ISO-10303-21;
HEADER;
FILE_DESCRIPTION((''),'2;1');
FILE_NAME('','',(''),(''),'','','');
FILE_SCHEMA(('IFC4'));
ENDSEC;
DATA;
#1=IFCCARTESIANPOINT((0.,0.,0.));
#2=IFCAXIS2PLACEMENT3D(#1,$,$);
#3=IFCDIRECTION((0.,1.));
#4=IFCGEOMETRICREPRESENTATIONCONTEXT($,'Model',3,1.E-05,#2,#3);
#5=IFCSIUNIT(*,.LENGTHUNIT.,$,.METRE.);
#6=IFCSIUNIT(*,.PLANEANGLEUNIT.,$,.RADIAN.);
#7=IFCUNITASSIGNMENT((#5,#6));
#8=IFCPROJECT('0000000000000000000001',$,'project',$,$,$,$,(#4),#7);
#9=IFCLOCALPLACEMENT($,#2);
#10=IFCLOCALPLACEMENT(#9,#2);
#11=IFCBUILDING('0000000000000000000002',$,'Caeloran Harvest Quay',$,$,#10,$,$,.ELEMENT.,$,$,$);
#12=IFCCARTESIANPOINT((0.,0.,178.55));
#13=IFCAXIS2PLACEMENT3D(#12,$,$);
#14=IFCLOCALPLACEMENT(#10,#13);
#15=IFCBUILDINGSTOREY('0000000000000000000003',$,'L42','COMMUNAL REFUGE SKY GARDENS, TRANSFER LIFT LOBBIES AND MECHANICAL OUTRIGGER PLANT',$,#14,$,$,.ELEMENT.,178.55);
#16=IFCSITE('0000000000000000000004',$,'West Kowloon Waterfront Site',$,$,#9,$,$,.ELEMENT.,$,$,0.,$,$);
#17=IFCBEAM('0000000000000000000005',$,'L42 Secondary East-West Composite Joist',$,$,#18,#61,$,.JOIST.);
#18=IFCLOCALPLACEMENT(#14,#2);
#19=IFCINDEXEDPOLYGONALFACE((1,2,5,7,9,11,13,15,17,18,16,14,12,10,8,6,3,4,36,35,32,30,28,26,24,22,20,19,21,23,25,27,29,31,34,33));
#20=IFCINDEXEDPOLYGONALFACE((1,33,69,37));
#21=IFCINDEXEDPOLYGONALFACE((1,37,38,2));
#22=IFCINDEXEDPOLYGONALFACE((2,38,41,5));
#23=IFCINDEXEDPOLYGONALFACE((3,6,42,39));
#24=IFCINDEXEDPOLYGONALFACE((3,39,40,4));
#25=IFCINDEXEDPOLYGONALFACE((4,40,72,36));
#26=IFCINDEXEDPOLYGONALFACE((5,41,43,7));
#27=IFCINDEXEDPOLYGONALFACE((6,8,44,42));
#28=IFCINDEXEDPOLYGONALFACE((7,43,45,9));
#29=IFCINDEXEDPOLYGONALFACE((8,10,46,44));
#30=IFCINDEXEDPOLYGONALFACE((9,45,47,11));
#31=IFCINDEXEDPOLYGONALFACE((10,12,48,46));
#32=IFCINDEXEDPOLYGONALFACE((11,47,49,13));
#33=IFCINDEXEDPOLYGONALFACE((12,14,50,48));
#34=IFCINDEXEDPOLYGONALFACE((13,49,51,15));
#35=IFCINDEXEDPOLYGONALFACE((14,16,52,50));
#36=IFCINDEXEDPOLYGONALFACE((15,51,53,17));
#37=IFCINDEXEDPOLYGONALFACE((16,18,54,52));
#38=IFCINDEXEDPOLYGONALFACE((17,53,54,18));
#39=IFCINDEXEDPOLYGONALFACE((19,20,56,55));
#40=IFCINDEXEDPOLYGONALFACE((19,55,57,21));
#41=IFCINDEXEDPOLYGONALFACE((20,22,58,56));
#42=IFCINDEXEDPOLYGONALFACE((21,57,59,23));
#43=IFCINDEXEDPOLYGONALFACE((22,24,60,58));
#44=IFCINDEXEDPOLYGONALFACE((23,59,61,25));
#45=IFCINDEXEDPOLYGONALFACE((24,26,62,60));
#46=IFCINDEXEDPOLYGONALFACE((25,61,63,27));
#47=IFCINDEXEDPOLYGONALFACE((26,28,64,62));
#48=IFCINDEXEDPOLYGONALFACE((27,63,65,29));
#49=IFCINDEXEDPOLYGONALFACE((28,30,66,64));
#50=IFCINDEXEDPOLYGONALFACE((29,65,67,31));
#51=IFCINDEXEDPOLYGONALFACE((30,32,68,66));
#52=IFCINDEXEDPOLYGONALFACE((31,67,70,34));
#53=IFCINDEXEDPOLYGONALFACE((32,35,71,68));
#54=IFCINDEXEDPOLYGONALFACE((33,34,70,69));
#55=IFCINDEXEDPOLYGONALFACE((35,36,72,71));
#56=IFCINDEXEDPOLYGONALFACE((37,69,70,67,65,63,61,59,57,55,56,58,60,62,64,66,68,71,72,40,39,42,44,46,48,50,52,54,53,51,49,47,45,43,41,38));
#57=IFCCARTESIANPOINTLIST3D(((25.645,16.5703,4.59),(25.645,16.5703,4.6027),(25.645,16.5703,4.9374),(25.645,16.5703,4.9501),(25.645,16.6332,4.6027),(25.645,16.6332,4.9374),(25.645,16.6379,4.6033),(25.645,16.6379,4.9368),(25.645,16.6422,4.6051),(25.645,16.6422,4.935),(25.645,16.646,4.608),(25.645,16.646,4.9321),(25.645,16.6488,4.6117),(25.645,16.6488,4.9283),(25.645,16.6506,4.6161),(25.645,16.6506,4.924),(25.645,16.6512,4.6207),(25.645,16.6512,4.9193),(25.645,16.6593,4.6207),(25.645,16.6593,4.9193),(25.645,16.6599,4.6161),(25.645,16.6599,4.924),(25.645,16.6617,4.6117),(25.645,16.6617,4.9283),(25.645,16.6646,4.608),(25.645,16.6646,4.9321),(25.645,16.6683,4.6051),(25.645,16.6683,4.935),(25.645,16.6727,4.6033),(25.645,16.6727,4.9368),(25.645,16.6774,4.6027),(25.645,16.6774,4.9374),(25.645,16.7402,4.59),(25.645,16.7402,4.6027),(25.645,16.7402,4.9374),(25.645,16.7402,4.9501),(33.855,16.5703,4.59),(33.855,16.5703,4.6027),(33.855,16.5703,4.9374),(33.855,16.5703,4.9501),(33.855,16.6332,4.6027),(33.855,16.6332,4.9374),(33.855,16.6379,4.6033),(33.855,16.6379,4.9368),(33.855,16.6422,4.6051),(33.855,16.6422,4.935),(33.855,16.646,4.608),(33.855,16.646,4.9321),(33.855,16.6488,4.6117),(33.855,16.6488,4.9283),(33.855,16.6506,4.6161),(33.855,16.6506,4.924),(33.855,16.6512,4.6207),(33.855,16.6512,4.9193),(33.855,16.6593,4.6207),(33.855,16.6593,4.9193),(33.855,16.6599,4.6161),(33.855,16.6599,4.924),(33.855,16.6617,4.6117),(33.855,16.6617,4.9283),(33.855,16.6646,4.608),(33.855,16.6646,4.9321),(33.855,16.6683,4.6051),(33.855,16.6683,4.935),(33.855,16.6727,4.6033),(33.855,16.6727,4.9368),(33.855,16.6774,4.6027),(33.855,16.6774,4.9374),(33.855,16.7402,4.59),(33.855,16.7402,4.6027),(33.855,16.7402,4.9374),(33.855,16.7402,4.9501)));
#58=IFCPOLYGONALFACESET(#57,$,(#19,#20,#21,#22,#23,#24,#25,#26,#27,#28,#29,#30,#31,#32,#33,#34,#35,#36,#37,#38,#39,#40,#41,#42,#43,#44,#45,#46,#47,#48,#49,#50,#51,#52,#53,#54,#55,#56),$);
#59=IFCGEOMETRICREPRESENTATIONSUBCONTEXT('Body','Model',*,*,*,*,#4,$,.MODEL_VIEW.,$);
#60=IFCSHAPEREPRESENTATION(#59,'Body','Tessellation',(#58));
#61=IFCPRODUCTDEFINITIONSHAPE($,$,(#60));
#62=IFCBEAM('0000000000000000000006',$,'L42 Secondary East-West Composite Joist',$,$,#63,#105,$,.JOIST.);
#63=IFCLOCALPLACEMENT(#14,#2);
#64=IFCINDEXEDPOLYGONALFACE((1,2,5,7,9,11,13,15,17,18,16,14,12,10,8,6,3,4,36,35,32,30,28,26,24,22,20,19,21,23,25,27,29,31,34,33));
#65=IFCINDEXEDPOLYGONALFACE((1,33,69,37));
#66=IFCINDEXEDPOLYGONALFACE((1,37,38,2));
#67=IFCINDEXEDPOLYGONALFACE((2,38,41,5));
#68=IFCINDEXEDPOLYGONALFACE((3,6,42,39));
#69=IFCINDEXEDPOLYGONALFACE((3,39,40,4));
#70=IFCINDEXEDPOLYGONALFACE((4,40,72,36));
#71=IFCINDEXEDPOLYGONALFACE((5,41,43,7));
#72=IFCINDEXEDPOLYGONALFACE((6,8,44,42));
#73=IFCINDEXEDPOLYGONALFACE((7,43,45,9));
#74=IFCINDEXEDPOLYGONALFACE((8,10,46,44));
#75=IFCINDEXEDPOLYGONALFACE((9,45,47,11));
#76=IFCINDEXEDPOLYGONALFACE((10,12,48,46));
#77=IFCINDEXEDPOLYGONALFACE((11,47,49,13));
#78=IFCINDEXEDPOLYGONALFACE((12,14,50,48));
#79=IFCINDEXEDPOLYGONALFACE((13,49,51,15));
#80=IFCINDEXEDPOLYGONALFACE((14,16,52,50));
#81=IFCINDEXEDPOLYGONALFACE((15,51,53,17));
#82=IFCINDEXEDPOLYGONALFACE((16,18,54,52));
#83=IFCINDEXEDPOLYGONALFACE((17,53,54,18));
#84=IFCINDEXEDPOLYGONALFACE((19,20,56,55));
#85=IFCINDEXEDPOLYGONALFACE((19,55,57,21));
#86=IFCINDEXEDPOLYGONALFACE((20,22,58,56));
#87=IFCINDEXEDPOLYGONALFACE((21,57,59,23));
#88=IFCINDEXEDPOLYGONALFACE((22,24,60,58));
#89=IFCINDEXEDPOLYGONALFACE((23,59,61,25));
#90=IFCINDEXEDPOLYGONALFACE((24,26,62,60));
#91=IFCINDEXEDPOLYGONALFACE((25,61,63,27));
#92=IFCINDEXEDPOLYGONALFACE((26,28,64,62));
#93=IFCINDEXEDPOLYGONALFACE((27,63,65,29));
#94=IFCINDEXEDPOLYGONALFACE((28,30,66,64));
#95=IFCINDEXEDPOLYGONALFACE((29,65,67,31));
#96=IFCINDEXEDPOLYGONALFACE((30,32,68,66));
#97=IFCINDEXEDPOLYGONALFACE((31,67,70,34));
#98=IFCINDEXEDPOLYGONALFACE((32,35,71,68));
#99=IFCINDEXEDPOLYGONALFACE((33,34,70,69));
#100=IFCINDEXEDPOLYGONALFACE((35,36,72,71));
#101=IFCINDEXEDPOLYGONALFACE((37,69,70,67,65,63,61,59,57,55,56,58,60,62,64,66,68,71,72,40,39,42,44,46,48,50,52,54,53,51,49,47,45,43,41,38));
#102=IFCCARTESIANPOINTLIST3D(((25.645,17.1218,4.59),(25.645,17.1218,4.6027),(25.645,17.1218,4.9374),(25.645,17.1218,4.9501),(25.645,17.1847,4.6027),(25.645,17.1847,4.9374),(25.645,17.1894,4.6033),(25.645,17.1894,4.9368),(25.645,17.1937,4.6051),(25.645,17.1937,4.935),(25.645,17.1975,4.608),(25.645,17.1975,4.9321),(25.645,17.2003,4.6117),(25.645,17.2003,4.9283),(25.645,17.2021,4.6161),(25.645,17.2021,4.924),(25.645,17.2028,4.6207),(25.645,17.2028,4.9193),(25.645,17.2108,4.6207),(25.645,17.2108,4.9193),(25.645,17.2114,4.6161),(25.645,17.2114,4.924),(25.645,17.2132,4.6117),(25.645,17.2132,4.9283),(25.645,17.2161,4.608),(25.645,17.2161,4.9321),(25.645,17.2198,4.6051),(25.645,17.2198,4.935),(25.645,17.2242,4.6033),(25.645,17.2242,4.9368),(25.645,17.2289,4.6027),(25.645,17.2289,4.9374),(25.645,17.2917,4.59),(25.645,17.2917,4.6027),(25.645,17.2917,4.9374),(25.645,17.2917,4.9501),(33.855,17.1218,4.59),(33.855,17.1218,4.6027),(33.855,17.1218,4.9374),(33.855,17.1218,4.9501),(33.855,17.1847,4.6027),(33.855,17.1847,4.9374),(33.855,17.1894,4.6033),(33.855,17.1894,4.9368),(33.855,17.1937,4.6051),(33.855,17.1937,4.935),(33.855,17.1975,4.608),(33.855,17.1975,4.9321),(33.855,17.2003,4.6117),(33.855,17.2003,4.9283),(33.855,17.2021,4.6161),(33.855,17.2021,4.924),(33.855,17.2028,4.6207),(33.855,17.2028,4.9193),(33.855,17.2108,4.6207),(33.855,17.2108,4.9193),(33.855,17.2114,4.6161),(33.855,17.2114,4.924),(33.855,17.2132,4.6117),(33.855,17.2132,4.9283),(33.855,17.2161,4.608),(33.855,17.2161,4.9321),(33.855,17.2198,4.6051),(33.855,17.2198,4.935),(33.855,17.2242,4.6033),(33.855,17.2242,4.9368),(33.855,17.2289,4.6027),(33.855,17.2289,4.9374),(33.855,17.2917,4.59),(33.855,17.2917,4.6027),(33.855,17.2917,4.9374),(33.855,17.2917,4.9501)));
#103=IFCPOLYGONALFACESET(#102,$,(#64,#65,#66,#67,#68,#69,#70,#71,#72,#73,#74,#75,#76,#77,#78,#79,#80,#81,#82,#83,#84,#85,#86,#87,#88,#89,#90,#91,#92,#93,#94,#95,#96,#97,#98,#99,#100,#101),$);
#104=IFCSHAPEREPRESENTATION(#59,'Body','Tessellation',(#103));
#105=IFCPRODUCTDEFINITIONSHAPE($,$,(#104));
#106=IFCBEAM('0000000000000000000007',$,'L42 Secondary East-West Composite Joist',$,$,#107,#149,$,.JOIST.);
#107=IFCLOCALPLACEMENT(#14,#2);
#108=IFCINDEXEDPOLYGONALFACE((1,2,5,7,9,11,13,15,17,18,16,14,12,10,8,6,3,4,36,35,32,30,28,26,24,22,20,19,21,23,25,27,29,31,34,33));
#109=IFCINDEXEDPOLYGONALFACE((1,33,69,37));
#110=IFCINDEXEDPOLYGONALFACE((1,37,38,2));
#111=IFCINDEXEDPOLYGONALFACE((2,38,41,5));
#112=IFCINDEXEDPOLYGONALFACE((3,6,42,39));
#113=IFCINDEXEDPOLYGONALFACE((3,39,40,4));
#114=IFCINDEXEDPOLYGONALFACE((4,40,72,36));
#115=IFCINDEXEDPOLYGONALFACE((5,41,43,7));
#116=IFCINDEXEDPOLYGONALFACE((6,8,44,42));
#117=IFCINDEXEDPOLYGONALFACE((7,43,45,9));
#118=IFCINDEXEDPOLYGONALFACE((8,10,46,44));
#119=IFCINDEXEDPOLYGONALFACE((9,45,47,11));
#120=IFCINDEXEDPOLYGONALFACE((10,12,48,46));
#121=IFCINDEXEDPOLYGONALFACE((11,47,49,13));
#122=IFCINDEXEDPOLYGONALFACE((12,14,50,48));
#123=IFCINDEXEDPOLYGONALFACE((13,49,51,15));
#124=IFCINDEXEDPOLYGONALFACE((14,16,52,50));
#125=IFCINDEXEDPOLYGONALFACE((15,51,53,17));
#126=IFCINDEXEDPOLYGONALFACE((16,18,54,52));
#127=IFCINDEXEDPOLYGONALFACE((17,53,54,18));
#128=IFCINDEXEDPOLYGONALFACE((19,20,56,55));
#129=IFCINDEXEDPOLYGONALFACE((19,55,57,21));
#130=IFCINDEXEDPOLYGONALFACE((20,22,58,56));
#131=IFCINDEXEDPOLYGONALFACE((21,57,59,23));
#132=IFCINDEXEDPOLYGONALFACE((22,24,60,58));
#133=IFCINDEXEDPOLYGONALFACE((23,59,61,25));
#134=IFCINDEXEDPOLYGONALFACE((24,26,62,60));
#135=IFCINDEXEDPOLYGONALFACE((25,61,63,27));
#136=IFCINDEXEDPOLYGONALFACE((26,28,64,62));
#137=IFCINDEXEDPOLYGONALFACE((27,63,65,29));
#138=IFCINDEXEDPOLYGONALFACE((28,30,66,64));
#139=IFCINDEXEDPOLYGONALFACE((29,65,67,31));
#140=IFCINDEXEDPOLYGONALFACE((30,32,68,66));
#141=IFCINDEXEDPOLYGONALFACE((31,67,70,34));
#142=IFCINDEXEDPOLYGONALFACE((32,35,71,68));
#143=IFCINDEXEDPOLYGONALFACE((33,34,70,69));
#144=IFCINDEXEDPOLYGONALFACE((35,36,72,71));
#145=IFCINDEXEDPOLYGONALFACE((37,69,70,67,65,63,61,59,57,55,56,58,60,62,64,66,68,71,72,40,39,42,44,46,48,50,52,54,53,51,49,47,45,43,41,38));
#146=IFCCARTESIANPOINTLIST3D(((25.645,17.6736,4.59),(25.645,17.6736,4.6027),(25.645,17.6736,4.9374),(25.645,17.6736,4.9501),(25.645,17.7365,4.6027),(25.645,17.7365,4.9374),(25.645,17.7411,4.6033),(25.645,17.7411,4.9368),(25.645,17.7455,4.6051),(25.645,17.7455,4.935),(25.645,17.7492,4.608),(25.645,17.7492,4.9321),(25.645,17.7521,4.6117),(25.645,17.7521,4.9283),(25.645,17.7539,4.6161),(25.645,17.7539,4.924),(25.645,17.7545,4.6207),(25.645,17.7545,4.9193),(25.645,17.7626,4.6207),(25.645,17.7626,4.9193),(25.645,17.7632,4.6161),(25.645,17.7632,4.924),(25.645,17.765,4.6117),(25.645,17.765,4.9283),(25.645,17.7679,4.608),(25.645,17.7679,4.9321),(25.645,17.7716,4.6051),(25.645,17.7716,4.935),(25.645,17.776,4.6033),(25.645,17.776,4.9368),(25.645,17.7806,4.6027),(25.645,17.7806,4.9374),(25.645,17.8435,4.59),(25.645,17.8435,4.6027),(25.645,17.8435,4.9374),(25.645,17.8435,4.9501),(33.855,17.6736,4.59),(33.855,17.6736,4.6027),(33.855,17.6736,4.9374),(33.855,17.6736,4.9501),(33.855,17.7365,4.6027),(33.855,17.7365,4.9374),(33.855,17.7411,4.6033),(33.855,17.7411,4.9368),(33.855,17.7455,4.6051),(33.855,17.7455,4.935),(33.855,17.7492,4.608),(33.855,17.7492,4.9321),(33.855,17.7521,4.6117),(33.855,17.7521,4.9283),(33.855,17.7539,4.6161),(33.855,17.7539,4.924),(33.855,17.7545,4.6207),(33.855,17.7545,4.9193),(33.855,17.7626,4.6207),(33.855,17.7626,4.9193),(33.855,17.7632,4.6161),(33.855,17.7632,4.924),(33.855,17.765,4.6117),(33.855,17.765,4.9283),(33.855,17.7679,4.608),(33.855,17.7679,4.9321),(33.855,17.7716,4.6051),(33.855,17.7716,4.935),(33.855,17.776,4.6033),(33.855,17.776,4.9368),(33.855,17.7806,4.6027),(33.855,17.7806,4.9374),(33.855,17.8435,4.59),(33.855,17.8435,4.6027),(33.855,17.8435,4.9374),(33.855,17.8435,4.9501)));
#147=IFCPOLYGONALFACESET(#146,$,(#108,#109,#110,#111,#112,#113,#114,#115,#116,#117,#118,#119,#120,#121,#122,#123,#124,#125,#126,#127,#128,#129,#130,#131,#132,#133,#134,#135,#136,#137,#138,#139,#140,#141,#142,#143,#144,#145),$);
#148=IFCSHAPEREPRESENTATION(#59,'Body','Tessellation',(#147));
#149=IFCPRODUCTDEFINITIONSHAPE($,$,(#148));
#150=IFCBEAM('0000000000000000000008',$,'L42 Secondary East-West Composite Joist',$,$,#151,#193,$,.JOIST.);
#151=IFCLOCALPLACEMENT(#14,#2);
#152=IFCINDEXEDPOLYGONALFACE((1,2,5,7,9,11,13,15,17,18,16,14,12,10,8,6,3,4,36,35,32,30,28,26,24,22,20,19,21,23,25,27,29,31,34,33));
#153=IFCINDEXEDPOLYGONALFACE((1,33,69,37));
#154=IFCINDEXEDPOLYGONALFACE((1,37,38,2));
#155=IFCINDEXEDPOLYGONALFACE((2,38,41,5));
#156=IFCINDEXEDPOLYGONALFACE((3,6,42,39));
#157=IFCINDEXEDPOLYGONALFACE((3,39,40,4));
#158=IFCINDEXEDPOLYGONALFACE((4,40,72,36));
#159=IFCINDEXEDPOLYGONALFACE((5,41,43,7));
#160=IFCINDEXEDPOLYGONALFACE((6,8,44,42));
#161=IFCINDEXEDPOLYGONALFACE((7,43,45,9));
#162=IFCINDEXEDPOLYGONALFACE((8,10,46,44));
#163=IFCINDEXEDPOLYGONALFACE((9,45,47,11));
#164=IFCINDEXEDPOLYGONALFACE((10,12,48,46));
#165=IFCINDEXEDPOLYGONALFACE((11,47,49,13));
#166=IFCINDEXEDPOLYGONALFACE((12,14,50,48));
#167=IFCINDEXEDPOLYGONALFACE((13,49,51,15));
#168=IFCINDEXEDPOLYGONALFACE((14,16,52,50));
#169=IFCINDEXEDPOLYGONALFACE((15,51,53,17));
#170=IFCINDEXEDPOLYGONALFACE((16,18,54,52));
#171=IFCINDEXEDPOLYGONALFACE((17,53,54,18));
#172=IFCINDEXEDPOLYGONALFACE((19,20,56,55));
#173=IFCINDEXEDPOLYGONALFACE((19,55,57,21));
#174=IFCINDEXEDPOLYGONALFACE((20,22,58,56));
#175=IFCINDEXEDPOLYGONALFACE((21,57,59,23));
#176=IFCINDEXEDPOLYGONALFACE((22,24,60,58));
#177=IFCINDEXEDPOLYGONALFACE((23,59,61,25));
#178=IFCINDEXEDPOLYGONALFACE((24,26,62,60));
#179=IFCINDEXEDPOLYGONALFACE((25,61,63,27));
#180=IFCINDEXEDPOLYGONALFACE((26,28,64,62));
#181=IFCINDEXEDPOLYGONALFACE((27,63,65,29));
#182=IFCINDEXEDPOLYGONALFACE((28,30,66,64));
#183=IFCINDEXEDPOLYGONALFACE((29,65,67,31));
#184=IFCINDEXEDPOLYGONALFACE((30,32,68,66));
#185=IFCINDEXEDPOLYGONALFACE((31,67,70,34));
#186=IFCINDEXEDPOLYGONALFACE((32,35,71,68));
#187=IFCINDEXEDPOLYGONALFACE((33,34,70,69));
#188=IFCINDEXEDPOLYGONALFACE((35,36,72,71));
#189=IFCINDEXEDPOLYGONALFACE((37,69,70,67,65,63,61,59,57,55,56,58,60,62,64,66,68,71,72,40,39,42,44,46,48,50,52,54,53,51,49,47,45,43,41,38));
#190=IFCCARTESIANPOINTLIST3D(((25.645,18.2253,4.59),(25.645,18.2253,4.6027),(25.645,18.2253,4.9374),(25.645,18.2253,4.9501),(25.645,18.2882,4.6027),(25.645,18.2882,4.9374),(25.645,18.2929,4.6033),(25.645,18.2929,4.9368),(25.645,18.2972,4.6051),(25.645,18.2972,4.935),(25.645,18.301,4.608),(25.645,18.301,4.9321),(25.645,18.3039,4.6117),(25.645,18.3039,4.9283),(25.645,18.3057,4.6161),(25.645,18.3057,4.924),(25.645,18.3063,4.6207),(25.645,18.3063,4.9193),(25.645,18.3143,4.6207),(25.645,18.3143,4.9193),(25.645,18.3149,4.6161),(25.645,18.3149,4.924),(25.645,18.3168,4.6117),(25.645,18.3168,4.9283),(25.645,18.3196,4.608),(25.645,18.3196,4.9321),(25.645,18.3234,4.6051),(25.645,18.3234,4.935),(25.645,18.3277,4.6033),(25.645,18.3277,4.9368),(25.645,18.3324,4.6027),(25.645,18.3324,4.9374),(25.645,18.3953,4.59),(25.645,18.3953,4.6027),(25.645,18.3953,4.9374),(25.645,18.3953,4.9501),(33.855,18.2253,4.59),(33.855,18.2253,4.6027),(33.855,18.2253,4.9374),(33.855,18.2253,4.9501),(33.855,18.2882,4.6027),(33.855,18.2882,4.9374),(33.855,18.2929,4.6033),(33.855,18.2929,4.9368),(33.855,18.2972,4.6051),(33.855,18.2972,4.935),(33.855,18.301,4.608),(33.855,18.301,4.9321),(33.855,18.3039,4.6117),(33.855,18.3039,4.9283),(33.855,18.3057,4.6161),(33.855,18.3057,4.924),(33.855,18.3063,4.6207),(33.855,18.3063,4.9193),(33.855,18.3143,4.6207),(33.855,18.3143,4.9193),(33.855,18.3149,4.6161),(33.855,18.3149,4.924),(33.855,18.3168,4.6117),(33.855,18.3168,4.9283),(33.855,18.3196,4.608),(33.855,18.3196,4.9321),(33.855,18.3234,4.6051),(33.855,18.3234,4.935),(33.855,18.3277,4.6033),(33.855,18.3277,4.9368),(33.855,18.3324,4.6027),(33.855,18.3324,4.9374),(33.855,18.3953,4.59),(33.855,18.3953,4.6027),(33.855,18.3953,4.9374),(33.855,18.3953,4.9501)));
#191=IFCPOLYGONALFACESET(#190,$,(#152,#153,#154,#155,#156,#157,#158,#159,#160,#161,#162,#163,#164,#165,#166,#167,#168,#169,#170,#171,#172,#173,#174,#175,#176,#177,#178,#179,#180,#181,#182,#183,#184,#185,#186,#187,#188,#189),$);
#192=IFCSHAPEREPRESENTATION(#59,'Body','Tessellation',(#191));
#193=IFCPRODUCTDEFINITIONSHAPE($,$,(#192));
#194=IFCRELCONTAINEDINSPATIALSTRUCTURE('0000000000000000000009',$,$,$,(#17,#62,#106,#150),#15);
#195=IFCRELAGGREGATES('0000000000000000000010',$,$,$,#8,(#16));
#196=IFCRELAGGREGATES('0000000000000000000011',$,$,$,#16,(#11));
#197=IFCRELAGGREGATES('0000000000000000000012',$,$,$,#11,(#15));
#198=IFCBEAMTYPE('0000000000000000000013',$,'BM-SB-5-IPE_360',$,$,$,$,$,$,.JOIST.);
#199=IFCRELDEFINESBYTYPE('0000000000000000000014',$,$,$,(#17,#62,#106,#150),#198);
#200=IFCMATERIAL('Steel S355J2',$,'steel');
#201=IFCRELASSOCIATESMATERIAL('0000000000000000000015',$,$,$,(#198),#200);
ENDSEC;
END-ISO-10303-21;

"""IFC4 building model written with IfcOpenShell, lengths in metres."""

from ifc_helpers import new_model, si_unit, direction, frame, origin, origin_2d, place, context, subcontext, project, spatial, i_section, extrude, material, material_profile, profile_set, type_object, element, save


model = new_model("IFC4")

# Units and contexts
model_context = context("Model", 3, precision=1e-05, world=origin(), true_north=direction((0.0, 1.0)))
body_context = subcontext(model_context, "Body", "Model", "MODEL_VIEW")
ifc_project = project(units=[si_unit("LENGTHUNIT", "METRE"), si_unit("PLANEANGLEUNIT", "RADIAN")], contexts=[model_context])

# Site, building, storey
site_placement = place(None, origin())
site = spatial("IfcSite", under=ifc_project, at=site_placement, Name="West Kowloon Waterfront Site", CompositionType="ELEMENT", RefElevation=0.0)
building_placement = place(site_placement, origin())
building = spatial("IfcBuilding", under=site, at=building_placement, Name="Caeloran Harvest Quay", CompositionType="ELEMENT")
storey_placement = place(building_placement, frame((0.0, 0.0, 178.55)))
storey = spatial("IfcBuildingStorey", under=building, at=storey_placement, Name="L42", Description="COMMUNAL REFUGE SKY GARDENS, TRANSFER LIFT LOBBIES AND MECHANICAL OUTRIGGER PLANT", CompositionType="ELEMENT", Elevation=178.55)

# Beams
ifc_material_1 = material(Name="Steel S355J2", Category="steel")
ifc_material_profile_1 = material_profile(ifc_material_1, i_section(OverallWidth=0.1699, OverallDepth=0.3601, WebThickness=0.0081, FlangeThickness=0.0127, FilletRadius=0.0181, at=origin_2d()), Name="IPE 360")
ifc_profile_set_1 = profile_set([ifc_material_profile_1], Name="Steel S355J2")
beam_type_1 = type_object("IfcBeamType", Name="BM-SB-5-IPE_360", PredefinedType="JOIST", material=ifc_profile_set_1)
for number, where, z_axis, x_axis, name in (
    (1, (25.645, 16.6553, 4.77), (1.0, 0.0, 0.0), (0.0, 1.0, 0.0), "L42 Secondary East-West Composite Joist"),
    (2, (25.645, 17.2068, 4.77), (1.0, 0.0, 0.0), (0.0, 1.0, 0.0), "L42 Secondary East-West Composite Joist"),
    (3, (25.645, 17.7585, 4.77), (1.0, 0.0, 0.0), (0.0, 1.0, 0.0), "L42 Secondary East-West Composite Joist"),
    (4, (25.645, 18.3103, 4.77), (1.0, 0.0, 0.0), (0.0, 1.0, 0.0), "L42 Secondary East-West Composite Joist"),
):
    element("IfcBeam", number, at=place(storey_placement, frame(where, z_axis=z_axis, x_axis=x_axis)), inside=storey, type_object=beam_type_1, Name=name, PredefinedType="JOIST", context=body_context, shape_type="SweptSolid", body=[
        extrude(i_section(OverallWidth=0.1699, OverallDepth=0.3601, WebThickness=0.0081, FlangeThickness=0.0127, FilletRadius=0.0181, at=origin_2d()), origin(), (0.0, 0.0, 1.0), 8.21),
    ])

save(model, "model.ifc")
